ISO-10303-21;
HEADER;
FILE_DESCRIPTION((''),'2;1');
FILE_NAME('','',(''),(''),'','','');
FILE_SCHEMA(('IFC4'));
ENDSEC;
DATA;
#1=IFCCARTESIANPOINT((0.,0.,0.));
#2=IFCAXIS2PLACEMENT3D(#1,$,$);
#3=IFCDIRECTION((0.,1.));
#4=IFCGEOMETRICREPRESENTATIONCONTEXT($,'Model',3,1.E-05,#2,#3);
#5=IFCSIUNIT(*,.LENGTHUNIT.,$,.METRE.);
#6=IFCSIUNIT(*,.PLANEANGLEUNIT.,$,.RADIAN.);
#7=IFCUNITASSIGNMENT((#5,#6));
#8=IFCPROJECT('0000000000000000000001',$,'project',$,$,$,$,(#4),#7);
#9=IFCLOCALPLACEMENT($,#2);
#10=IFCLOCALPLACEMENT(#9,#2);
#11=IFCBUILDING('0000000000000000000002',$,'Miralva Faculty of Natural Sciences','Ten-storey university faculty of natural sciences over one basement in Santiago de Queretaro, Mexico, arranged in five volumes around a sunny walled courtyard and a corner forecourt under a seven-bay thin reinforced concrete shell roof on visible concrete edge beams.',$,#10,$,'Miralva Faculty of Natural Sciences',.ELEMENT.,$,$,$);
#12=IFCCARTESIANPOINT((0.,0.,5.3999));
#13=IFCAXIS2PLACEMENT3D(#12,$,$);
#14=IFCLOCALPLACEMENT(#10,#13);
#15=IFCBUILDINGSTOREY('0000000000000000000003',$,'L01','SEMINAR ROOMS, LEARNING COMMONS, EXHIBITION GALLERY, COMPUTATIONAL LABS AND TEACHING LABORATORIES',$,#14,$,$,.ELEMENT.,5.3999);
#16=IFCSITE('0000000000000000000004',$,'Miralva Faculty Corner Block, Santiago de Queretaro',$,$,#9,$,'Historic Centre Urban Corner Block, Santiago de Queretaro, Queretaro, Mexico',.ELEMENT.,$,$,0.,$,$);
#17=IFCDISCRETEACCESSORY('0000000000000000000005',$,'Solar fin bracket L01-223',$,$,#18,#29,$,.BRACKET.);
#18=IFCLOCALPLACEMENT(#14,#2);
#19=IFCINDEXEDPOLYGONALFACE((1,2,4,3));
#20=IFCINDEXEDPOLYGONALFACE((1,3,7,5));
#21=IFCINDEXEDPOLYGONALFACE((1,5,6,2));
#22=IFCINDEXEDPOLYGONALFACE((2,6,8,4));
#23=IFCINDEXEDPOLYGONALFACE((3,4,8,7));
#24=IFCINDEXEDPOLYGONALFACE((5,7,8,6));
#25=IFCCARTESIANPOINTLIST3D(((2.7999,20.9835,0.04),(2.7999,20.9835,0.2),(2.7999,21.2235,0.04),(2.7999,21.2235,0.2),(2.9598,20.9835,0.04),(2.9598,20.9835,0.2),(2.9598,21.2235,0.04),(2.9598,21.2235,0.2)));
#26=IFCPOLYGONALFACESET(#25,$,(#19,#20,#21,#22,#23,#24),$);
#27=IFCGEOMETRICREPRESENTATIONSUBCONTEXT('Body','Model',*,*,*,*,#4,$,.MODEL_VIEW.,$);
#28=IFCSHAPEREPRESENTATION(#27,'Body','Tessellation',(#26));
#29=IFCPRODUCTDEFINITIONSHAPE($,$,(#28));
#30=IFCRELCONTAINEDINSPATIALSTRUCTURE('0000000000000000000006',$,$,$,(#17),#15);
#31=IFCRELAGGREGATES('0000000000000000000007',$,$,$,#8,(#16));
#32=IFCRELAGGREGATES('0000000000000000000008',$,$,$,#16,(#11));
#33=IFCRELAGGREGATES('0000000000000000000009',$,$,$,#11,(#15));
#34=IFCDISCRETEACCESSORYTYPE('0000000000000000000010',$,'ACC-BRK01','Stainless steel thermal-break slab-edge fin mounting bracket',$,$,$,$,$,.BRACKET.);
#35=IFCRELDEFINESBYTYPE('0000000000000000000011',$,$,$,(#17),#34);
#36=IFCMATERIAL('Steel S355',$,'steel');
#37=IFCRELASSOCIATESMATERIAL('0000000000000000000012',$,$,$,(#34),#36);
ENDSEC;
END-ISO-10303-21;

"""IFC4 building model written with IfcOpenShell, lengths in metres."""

from ifc_helpers import new_model, si_unit, direction, frame, origin, origin_2d, place, context, subcontext, project, spatial, rectangle, extrude, material, type_object, element, save


model = new_model("IFC4")

# Units and contexts
model_context = context("Model", 3, precision=1e-05, world=origin(), true_north=direction((0.0, 1.0)))
body_context = subcontext(model_context, "Body", "Model", "MODEL_VIEW")
ifc_project = project(units=[si_unit("LENGTHUNIT", "METRE"), si_unit("PLANEANGLEUNIT", "RADIAN")], contexts=[model_context])

# Site, building, storey
site_placement = place(None, origin())
site = spatial("IfcSite", under=ifc_project, at=site_placement, Name="Miralva Faculty Corner Block, Santiago de Queretaro", LongName="Historic Centre Urban Corner Block, Santiago de Queretaro, Queretaro, Mexico", CompositionType="ELEMENT", RefElevation=0.0)
building_placement = place(site_placement, origin())
building = spatial("IfcBuilding", under=site, at=building_placement, Name="Miralva Faculty of Natural Sciences", Description="Ten-storey university faculty of natural sciences over one basement in Santiago de Queretaro, Mexico, arranged in five volumes around a sunny walled courtyard and a corner forecourt under a seven-bay thin reinforced concrete shell roof on visible concrete edge beams.", LongName="Miralva Faculty of Natural Sciences", CompositionType="ELEMENT")
storey_placement = place(building_placement, frame((0.0, 0.0, 5.3999)))
storey = spatial("IfcBuildingStorey", under=building, at=storey_placement, Name="L01", Description="SEMINAR ROOMS, LEARNING COMMONS, EXHIBITION GALLERY, COMPUTATIONAL LABS AND TEACHING LABORATORIES", CompositionType="ELEMENT", Elevation=5.3999)

# Shared definitions
ifc_material_1 = material(Name="Steel S355", Category="steel")

# Discrete accessory
discrete_accessory_type = type_object("IfcDiscreteAccessoryType", Name="ACC-BRK01", Description="Stainless steel thermal-break slab-edge fin mounting bracket", PredefinedType="BRACKET", material=ifc_material_1)
for number, where, z_axis, x_axis, name in (
    (1, (2.8799, 21.1035, 0.04), (0.0, 0.0, 1.0), (-1.0, 0.0, 0.0), "Solar fin bracket L01-223"),
):
    element("IfcDiscreteAccessory", number, at=place(storey_placement, frame(where, z_axis=z_axis, x_axis=x_axis)), inside=storey, type_object=discrete_accessory_type, Name=name, PredefinedType="BRACKET", context=body_context, shape_type="SweptSolid", body=[
        extrude(rectangle(XDim=0.1599, YDim=0.24, at=origin_2d()), origin(), (0.0, 0.0, 1.0), 0.1599),
    ])

save(model, "model.ifc")
